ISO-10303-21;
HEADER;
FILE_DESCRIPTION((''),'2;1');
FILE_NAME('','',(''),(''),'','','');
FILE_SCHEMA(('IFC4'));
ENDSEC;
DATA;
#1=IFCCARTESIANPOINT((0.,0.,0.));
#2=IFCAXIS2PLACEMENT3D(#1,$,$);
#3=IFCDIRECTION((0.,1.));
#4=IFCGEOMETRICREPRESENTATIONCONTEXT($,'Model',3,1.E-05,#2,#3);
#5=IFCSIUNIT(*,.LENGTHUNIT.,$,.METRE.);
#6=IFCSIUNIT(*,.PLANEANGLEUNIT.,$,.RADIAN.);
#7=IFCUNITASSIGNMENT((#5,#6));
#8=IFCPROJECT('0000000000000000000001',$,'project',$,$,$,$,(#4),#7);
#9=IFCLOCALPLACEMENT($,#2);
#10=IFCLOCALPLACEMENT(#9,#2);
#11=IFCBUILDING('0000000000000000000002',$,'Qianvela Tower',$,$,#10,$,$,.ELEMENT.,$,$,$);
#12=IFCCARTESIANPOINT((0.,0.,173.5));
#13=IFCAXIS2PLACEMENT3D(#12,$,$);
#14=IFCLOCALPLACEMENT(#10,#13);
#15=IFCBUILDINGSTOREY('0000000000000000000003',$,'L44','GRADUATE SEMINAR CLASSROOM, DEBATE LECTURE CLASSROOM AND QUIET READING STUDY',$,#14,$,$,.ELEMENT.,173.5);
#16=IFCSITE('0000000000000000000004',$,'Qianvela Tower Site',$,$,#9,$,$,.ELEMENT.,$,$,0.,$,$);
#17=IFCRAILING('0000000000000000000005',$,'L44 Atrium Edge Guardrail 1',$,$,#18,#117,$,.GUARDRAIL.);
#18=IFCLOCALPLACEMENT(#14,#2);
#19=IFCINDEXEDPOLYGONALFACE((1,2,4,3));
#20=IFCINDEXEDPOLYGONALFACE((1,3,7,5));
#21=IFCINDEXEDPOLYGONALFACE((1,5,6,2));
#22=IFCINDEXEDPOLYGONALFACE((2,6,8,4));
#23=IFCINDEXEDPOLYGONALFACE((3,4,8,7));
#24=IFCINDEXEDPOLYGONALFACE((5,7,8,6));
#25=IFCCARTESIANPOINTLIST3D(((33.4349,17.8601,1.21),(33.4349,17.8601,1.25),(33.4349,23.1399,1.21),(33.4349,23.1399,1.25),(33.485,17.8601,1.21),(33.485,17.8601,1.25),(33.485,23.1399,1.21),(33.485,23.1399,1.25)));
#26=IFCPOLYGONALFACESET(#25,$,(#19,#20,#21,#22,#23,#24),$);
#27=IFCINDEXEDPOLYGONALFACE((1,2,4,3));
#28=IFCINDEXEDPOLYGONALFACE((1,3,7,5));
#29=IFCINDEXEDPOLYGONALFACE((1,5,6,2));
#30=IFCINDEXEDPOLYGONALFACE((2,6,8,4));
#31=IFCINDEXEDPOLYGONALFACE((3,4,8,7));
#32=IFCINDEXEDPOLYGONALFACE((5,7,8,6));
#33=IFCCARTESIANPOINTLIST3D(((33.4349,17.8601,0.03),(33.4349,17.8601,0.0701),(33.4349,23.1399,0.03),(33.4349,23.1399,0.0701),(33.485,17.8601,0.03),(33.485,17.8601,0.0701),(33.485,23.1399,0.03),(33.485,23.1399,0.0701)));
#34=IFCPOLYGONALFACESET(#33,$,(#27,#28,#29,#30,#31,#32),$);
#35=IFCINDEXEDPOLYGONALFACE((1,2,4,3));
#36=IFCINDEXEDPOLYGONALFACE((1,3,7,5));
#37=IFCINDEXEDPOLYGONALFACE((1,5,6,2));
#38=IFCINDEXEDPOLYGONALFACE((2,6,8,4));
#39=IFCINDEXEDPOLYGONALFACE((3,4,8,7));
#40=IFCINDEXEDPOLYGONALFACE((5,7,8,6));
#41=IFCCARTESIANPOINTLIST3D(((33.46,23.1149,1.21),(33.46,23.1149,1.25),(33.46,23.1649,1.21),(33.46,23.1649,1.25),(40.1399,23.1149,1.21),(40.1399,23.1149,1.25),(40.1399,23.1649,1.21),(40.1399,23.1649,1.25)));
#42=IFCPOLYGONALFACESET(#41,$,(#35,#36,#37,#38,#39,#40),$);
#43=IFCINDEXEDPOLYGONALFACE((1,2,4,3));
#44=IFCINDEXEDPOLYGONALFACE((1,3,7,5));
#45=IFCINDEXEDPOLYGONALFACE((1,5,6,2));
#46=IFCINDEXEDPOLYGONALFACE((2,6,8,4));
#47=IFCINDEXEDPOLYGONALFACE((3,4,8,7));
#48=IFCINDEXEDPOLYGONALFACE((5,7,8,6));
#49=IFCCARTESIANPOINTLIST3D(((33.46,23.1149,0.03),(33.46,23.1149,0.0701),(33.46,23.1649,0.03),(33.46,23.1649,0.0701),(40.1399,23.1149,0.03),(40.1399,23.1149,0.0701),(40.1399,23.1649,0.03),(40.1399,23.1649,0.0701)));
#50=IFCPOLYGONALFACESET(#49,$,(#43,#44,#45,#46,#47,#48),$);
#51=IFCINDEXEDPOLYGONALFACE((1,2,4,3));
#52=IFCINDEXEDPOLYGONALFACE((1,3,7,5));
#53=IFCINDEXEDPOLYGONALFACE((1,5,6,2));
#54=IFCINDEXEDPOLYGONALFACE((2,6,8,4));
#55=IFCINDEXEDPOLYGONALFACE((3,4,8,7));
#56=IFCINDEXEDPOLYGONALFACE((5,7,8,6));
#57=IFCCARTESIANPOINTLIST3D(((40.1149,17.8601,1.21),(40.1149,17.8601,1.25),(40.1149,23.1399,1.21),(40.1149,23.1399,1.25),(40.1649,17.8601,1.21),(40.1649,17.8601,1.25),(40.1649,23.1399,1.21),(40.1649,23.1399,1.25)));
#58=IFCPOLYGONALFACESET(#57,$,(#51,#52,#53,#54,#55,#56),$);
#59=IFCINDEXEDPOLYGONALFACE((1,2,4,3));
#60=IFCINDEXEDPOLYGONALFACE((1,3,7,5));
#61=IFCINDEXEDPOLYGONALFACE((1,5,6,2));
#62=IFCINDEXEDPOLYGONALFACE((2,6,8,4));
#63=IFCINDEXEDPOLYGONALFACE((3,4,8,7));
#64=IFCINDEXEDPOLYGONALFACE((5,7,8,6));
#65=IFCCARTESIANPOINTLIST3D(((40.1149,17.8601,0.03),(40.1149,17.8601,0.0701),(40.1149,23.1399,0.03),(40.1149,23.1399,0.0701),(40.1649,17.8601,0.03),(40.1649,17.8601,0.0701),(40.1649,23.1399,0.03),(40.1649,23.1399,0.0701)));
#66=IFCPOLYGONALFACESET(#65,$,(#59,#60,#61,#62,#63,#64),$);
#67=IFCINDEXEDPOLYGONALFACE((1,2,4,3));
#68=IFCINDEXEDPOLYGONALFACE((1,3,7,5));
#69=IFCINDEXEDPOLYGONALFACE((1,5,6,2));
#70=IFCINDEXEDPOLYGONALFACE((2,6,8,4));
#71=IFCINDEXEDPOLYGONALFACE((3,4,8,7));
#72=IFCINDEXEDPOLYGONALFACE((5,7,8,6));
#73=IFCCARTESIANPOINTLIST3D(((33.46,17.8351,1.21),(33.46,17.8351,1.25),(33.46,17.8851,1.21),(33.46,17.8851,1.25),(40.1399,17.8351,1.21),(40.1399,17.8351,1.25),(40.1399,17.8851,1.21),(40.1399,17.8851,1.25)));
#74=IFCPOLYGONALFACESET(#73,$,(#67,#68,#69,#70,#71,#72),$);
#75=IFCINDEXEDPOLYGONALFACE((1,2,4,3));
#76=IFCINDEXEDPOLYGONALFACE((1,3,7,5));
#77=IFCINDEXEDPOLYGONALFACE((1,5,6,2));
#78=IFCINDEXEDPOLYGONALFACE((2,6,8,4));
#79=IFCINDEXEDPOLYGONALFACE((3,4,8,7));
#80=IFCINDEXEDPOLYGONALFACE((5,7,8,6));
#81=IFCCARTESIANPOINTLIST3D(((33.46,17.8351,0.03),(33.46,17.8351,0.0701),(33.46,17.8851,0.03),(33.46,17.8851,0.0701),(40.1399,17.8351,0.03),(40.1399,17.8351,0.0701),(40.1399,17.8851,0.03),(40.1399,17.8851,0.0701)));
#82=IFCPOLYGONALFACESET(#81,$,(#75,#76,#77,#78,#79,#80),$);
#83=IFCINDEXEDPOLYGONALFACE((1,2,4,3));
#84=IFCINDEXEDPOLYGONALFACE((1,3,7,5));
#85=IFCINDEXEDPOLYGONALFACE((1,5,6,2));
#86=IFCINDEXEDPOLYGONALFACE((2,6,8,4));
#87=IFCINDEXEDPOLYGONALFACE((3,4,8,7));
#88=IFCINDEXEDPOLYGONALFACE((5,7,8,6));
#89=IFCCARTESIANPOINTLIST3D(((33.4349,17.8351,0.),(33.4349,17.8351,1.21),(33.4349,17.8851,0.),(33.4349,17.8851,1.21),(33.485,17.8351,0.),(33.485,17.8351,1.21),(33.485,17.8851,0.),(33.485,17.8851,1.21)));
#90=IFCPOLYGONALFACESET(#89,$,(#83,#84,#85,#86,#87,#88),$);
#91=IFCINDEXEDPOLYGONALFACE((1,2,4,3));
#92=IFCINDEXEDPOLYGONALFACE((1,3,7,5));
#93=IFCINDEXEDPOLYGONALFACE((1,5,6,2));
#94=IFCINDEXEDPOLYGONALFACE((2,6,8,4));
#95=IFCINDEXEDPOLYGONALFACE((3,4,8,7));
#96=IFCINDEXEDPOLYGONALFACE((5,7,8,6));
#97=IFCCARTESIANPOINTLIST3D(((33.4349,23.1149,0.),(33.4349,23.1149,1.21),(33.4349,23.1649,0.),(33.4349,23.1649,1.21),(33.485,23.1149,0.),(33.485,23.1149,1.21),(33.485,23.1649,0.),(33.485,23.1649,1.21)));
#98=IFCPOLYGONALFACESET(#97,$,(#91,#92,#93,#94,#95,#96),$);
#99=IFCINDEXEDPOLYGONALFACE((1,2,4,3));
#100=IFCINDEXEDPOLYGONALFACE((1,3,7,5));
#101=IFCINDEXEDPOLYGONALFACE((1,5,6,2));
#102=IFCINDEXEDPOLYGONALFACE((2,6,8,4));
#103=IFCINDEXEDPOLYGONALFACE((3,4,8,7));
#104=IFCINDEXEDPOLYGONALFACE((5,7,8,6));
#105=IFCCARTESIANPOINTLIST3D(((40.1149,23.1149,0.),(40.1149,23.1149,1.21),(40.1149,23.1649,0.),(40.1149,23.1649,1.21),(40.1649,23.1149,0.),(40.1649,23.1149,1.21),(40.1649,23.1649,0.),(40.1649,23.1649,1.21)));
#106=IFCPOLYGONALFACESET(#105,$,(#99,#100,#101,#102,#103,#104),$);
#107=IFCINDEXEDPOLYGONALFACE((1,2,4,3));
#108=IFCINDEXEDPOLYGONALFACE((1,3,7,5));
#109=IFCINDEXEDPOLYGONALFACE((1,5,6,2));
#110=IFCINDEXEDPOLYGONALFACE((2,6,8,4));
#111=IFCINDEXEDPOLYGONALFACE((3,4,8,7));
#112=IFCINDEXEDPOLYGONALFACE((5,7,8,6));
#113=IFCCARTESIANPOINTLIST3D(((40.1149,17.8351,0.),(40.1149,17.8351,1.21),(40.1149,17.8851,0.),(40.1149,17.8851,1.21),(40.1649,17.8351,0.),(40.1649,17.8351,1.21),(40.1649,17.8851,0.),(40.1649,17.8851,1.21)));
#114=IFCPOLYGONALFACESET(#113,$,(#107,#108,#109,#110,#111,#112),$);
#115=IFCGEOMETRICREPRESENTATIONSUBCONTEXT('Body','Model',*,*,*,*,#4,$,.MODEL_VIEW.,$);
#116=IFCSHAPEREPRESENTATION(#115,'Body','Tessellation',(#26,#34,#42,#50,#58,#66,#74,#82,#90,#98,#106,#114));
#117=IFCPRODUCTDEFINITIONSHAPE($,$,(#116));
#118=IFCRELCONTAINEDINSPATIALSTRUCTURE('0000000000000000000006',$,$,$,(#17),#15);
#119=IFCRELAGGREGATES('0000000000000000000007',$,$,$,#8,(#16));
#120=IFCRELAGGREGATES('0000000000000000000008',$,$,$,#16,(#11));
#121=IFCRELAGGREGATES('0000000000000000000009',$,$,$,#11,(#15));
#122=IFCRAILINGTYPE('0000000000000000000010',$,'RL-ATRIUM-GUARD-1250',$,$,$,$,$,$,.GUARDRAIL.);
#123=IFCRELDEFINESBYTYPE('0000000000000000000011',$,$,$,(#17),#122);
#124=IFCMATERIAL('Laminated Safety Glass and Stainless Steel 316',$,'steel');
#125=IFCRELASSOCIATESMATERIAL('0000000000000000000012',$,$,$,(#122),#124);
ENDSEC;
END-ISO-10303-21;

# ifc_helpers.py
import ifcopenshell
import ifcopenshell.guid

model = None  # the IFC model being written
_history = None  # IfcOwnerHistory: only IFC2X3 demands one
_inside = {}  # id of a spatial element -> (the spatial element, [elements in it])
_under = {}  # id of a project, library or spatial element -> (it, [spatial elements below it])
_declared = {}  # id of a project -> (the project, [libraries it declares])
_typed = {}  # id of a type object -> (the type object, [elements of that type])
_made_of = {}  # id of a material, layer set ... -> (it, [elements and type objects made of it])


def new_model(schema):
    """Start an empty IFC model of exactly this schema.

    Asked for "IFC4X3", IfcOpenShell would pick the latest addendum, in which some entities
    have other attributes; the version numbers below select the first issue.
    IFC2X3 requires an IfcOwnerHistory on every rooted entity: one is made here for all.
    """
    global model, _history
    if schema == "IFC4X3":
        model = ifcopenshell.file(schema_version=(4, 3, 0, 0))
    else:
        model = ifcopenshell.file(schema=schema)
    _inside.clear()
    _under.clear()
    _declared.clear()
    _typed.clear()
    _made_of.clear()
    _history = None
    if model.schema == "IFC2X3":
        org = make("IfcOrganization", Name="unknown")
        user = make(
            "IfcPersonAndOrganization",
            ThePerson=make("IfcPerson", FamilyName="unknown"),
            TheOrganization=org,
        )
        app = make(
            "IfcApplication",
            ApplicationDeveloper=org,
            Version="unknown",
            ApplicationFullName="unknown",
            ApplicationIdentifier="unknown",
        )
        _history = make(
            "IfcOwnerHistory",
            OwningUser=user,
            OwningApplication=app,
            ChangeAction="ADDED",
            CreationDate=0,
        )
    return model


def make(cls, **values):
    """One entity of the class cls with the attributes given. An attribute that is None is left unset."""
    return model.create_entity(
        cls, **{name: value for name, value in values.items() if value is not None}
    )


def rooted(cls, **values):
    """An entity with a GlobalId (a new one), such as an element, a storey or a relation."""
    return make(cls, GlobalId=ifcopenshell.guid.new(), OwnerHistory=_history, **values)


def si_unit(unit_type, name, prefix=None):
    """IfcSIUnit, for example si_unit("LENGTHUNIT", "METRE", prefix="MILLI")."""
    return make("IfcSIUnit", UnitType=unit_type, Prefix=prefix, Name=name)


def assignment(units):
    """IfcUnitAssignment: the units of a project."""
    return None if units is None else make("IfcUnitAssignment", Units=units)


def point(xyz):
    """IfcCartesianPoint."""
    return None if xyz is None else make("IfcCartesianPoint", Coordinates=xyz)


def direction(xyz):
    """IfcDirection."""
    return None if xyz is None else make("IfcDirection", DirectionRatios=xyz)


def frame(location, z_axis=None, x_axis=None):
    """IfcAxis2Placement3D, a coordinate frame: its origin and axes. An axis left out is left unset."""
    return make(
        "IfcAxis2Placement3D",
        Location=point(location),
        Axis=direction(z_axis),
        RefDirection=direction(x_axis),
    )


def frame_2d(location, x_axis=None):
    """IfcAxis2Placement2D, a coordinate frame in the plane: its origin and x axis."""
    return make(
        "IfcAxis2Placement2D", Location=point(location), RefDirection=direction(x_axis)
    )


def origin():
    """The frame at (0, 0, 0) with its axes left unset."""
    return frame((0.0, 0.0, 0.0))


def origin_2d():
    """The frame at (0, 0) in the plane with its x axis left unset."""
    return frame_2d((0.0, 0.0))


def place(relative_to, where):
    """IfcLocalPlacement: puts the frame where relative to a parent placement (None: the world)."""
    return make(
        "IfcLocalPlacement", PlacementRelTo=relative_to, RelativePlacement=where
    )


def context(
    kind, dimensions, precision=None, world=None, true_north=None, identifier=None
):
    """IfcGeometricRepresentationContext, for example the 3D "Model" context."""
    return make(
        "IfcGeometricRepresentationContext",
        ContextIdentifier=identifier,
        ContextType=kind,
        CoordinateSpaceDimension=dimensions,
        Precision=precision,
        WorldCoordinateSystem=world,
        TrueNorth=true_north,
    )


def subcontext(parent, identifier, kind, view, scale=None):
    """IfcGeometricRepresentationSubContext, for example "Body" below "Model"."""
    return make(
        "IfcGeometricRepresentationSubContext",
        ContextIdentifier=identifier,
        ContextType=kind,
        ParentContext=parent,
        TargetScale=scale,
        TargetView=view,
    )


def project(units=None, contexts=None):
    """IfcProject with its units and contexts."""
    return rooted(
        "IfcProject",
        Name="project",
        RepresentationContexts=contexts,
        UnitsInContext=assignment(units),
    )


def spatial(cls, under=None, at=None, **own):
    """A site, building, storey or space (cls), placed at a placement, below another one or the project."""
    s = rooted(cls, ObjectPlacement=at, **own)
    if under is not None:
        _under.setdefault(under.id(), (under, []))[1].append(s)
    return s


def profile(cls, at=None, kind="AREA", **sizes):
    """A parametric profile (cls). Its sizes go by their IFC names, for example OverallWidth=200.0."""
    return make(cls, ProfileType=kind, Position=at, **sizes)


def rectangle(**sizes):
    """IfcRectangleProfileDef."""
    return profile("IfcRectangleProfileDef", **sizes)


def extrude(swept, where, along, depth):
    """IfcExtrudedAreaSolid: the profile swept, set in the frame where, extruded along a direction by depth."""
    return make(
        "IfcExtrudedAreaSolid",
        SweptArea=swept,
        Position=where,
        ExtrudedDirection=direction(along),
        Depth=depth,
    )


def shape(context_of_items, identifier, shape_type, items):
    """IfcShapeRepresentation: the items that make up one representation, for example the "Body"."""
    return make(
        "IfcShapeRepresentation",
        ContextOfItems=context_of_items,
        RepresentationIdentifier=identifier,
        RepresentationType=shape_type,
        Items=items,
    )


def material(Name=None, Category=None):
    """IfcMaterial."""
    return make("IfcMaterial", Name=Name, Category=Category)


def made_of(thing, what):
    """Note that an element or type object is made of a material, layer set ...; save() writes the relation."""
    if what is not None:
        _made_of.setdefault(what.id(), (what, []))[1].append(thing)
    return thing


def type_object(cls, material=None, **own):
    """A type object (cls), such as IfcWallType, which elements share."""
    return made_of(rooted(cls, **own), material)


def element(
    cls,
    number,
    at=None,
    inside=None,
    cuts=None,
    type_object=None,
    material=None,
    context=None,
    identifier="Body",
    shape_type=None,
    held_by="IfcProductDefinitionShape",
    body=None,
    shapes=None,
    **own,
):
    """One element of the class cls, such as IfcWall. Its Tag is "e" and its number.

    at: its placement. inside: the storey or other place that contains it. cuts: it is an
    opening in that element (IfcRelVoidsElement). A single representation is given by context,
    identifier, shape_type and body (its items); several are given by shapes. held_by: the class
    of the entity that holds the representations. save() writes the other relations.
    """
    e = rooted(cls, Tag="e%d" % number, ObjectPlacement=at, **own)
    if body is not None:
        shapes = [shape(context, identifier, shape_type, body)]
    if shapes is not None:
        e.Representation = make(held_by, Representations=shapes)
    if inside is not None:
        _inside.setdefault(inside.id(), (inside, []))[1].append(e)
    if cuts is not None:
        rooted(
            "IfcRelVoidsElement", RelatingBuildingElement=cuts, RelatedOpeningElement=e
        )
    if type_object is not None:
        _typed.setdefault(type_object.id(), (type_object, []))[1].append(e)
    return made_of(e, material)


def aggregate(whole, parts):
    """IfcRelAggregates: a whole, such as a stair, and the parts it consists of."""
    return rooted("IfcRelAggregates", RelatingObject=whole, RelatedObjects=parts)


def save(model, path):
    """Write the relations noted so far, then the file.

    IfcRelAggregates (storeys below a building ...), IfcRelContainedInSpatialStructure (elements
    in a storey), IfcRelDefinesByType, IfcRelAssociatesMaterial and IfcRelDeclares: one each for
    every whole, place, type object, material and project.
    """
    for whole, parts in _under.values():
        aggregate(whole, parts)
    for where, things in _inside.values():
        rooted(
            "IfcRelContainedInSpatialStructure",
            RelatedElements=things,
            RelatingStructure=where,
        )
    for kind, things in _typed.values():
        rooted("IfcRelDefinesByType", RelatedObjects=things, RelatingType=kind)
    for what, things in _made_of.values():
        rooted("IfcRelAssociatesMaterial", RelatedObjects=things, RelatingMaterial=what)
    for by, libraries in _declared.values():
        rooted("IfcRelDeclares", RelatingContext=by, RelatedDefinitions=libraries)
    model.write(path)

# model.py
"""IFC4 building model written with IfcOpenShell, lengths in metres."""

from ifc_helpers import new_model, si_unit, direction, frame, origin, origin_2d, place, context, subcontext, project, spatial, rectangle, extrude, material, type_object, element, save


model = new_model("IFC4")

# Units and contexts
model_context = context("Model", 3, precision=1e-05, world=origin(), true_north=direction((0.0, 1.0)))
body_context = subcontext(model_context, "Body", "Model", "MODEL_VIEW")
ifc_project = project(units=[si_unit("LENGTHUNIT", "METRE"), si_unit("PLANEANGLEUNIT", "RADIAN")], contexts=[model_context])

# Site, building, storey
site_placement = place(None, origin())
site = spatial("IfcSite", under=ifc_project, at=site_placement, Name="Qianvela Tower Site", CompositionType="ELEMENT", RefElevation=0.0)
building_placement = place(site_placement, origin())
building = spatial("IfcBuilding", under=site, at=building_placement, Name="Qianvela Tower", CompositionType="ELEMENT")
storey_placement = place(building_placement, frame((0.0, 0.0, 173.5)))
storey = spatial("IfcBuildingStorey", under=building, at=storey_placement, Name="L44", Description="GRADUATE SEMINAR CLASSROOM, DEBATE LECTURE CLASSROOM AND QUIET READING STUDY", CompositionType="ELEMENT", Elevation=173.5)

# Railing
ifc_material_1 = material(Name="Laminated Safety Glass and Stainless Steel 316", Category="steel")
railing_type = type_object("IfcRailingType", Name="RL-ATRIUM-GUARD-1250", PredefinedType="GUARDRAIL", material=ifc_material_1)
railing_placement = place(storey_placement, frame((33.46, 17.8601, 0.0)))
element("IfcRailing", 1, at=railing_placement, inside=storey, type_object=railing_type, Name="L44 Atrium Edge Guardrail 1", PredefinedType="GUARDRAIL", context=body_context, shape_type="SweptSolid", body=[
    extrude(rectangle(XDim=0.05, YDim=0.04, at=origin_2d()), frame((0.0, 0.0, 1.23), z_axis=(0.0, 1.0, 0.0), x_axis=(-1.0, 0.0, 0.0)), (0.0, 0.0, 1.0), 5.2798),
    extrude(rectangle(XDim=0.05, YDim=0.04, at=origin_2d()), frame((0.0, 0.0, 0.05), z_axis=(0.0, 1.0, 0.0), x_axis=(-1.0, 0.0, 0.0)), (0.0, 0.0, 1.0), 5.2798),
    extrude(rectangle(XDim=0.05, YDim=0.04, at=origin_2d()), frame((0.0, 5.2798, 1.23), z_axis=(1.0, 0.0, 0.0), x_axis=(0.0, 1.0, 0.0)), (0.0, 0.0, 1.0), 6.6799),
    extrude(rectangle(XDim=0.05, YDim=0.04, at=origin_2d()), frame((0.0, 5.2798, 0.05), z_axis=(1.0, 0.0, 0.0), x_axis=(0.0, 1.0, 0.0)), (0.0, 0.0, 1.0), 6.6799),
    extrude(rectangle(XDim=0.05, YDim=0.04, at=origin_2d()), frame((6.6799, 5.2798, 1.23), z_axis=(0.0, -1.0, 0.0), x_axis=(1.0, 0.0, 0.0)), (0.0, 0.0, 1.0), 5.2798),
    extrude(rectangle(XDim=0.05, YDim=0.04, at=origin_2d()), frame((6.6799, 5.2798, 0.05), z_axis=(0.0, -1.0, 0.0), x_axis=(1.0, 0.0, 0.0)), (0.0, 0.0, 1.0), 5.2798),
    extrude(rectangle(XDim=0.05, YDim=0.04, at=origin_2d()), frame((6.6799, 0.0, 1.23), z_axis=(-1.0, 0.0, 0.0), x_axis=(0.0, -1.0, 0.0)), (0.0, 0.0, 1.0), 6.6799),
    extrude(rectangle(XDim=0.05, YDim=0.04, at=origin_2d()), frame((6.6799, 0.0, 0.05), z_axis=(-1.0, 0.0, 0.0), x_axis=(0.0, -1.0, 0.0)), (0.0, 0.0, 1.0), 6.6799),
    extrude(rectangle(XDim=0.05, YDim=0.05, at=origin_2d()), origin(), (0.0, 0.0, 1.0), 1.21),
    extrude(rectangle(XDim=0.05, YDim=0.05, at=origin_2d()), frame((0.0, 5.2798, 0.0)), (0.0, 0.0, 1.0), 1.21),
    extrude(rectangle(XDim=0.05, YDim=0.05, at=origin_2d()), frame((6.6799, 5.2798, 0.0)), (0.0, 0.0, 1.0), 1.21),
    extrude(rectangle(XDim=0.05, YDim=0.05, at=origin_2d()), frame((6.6799, 0.0, 0.0)), (0.0, 0.0, 1.0), 1.21),
])

save(model, "model.ifc")
